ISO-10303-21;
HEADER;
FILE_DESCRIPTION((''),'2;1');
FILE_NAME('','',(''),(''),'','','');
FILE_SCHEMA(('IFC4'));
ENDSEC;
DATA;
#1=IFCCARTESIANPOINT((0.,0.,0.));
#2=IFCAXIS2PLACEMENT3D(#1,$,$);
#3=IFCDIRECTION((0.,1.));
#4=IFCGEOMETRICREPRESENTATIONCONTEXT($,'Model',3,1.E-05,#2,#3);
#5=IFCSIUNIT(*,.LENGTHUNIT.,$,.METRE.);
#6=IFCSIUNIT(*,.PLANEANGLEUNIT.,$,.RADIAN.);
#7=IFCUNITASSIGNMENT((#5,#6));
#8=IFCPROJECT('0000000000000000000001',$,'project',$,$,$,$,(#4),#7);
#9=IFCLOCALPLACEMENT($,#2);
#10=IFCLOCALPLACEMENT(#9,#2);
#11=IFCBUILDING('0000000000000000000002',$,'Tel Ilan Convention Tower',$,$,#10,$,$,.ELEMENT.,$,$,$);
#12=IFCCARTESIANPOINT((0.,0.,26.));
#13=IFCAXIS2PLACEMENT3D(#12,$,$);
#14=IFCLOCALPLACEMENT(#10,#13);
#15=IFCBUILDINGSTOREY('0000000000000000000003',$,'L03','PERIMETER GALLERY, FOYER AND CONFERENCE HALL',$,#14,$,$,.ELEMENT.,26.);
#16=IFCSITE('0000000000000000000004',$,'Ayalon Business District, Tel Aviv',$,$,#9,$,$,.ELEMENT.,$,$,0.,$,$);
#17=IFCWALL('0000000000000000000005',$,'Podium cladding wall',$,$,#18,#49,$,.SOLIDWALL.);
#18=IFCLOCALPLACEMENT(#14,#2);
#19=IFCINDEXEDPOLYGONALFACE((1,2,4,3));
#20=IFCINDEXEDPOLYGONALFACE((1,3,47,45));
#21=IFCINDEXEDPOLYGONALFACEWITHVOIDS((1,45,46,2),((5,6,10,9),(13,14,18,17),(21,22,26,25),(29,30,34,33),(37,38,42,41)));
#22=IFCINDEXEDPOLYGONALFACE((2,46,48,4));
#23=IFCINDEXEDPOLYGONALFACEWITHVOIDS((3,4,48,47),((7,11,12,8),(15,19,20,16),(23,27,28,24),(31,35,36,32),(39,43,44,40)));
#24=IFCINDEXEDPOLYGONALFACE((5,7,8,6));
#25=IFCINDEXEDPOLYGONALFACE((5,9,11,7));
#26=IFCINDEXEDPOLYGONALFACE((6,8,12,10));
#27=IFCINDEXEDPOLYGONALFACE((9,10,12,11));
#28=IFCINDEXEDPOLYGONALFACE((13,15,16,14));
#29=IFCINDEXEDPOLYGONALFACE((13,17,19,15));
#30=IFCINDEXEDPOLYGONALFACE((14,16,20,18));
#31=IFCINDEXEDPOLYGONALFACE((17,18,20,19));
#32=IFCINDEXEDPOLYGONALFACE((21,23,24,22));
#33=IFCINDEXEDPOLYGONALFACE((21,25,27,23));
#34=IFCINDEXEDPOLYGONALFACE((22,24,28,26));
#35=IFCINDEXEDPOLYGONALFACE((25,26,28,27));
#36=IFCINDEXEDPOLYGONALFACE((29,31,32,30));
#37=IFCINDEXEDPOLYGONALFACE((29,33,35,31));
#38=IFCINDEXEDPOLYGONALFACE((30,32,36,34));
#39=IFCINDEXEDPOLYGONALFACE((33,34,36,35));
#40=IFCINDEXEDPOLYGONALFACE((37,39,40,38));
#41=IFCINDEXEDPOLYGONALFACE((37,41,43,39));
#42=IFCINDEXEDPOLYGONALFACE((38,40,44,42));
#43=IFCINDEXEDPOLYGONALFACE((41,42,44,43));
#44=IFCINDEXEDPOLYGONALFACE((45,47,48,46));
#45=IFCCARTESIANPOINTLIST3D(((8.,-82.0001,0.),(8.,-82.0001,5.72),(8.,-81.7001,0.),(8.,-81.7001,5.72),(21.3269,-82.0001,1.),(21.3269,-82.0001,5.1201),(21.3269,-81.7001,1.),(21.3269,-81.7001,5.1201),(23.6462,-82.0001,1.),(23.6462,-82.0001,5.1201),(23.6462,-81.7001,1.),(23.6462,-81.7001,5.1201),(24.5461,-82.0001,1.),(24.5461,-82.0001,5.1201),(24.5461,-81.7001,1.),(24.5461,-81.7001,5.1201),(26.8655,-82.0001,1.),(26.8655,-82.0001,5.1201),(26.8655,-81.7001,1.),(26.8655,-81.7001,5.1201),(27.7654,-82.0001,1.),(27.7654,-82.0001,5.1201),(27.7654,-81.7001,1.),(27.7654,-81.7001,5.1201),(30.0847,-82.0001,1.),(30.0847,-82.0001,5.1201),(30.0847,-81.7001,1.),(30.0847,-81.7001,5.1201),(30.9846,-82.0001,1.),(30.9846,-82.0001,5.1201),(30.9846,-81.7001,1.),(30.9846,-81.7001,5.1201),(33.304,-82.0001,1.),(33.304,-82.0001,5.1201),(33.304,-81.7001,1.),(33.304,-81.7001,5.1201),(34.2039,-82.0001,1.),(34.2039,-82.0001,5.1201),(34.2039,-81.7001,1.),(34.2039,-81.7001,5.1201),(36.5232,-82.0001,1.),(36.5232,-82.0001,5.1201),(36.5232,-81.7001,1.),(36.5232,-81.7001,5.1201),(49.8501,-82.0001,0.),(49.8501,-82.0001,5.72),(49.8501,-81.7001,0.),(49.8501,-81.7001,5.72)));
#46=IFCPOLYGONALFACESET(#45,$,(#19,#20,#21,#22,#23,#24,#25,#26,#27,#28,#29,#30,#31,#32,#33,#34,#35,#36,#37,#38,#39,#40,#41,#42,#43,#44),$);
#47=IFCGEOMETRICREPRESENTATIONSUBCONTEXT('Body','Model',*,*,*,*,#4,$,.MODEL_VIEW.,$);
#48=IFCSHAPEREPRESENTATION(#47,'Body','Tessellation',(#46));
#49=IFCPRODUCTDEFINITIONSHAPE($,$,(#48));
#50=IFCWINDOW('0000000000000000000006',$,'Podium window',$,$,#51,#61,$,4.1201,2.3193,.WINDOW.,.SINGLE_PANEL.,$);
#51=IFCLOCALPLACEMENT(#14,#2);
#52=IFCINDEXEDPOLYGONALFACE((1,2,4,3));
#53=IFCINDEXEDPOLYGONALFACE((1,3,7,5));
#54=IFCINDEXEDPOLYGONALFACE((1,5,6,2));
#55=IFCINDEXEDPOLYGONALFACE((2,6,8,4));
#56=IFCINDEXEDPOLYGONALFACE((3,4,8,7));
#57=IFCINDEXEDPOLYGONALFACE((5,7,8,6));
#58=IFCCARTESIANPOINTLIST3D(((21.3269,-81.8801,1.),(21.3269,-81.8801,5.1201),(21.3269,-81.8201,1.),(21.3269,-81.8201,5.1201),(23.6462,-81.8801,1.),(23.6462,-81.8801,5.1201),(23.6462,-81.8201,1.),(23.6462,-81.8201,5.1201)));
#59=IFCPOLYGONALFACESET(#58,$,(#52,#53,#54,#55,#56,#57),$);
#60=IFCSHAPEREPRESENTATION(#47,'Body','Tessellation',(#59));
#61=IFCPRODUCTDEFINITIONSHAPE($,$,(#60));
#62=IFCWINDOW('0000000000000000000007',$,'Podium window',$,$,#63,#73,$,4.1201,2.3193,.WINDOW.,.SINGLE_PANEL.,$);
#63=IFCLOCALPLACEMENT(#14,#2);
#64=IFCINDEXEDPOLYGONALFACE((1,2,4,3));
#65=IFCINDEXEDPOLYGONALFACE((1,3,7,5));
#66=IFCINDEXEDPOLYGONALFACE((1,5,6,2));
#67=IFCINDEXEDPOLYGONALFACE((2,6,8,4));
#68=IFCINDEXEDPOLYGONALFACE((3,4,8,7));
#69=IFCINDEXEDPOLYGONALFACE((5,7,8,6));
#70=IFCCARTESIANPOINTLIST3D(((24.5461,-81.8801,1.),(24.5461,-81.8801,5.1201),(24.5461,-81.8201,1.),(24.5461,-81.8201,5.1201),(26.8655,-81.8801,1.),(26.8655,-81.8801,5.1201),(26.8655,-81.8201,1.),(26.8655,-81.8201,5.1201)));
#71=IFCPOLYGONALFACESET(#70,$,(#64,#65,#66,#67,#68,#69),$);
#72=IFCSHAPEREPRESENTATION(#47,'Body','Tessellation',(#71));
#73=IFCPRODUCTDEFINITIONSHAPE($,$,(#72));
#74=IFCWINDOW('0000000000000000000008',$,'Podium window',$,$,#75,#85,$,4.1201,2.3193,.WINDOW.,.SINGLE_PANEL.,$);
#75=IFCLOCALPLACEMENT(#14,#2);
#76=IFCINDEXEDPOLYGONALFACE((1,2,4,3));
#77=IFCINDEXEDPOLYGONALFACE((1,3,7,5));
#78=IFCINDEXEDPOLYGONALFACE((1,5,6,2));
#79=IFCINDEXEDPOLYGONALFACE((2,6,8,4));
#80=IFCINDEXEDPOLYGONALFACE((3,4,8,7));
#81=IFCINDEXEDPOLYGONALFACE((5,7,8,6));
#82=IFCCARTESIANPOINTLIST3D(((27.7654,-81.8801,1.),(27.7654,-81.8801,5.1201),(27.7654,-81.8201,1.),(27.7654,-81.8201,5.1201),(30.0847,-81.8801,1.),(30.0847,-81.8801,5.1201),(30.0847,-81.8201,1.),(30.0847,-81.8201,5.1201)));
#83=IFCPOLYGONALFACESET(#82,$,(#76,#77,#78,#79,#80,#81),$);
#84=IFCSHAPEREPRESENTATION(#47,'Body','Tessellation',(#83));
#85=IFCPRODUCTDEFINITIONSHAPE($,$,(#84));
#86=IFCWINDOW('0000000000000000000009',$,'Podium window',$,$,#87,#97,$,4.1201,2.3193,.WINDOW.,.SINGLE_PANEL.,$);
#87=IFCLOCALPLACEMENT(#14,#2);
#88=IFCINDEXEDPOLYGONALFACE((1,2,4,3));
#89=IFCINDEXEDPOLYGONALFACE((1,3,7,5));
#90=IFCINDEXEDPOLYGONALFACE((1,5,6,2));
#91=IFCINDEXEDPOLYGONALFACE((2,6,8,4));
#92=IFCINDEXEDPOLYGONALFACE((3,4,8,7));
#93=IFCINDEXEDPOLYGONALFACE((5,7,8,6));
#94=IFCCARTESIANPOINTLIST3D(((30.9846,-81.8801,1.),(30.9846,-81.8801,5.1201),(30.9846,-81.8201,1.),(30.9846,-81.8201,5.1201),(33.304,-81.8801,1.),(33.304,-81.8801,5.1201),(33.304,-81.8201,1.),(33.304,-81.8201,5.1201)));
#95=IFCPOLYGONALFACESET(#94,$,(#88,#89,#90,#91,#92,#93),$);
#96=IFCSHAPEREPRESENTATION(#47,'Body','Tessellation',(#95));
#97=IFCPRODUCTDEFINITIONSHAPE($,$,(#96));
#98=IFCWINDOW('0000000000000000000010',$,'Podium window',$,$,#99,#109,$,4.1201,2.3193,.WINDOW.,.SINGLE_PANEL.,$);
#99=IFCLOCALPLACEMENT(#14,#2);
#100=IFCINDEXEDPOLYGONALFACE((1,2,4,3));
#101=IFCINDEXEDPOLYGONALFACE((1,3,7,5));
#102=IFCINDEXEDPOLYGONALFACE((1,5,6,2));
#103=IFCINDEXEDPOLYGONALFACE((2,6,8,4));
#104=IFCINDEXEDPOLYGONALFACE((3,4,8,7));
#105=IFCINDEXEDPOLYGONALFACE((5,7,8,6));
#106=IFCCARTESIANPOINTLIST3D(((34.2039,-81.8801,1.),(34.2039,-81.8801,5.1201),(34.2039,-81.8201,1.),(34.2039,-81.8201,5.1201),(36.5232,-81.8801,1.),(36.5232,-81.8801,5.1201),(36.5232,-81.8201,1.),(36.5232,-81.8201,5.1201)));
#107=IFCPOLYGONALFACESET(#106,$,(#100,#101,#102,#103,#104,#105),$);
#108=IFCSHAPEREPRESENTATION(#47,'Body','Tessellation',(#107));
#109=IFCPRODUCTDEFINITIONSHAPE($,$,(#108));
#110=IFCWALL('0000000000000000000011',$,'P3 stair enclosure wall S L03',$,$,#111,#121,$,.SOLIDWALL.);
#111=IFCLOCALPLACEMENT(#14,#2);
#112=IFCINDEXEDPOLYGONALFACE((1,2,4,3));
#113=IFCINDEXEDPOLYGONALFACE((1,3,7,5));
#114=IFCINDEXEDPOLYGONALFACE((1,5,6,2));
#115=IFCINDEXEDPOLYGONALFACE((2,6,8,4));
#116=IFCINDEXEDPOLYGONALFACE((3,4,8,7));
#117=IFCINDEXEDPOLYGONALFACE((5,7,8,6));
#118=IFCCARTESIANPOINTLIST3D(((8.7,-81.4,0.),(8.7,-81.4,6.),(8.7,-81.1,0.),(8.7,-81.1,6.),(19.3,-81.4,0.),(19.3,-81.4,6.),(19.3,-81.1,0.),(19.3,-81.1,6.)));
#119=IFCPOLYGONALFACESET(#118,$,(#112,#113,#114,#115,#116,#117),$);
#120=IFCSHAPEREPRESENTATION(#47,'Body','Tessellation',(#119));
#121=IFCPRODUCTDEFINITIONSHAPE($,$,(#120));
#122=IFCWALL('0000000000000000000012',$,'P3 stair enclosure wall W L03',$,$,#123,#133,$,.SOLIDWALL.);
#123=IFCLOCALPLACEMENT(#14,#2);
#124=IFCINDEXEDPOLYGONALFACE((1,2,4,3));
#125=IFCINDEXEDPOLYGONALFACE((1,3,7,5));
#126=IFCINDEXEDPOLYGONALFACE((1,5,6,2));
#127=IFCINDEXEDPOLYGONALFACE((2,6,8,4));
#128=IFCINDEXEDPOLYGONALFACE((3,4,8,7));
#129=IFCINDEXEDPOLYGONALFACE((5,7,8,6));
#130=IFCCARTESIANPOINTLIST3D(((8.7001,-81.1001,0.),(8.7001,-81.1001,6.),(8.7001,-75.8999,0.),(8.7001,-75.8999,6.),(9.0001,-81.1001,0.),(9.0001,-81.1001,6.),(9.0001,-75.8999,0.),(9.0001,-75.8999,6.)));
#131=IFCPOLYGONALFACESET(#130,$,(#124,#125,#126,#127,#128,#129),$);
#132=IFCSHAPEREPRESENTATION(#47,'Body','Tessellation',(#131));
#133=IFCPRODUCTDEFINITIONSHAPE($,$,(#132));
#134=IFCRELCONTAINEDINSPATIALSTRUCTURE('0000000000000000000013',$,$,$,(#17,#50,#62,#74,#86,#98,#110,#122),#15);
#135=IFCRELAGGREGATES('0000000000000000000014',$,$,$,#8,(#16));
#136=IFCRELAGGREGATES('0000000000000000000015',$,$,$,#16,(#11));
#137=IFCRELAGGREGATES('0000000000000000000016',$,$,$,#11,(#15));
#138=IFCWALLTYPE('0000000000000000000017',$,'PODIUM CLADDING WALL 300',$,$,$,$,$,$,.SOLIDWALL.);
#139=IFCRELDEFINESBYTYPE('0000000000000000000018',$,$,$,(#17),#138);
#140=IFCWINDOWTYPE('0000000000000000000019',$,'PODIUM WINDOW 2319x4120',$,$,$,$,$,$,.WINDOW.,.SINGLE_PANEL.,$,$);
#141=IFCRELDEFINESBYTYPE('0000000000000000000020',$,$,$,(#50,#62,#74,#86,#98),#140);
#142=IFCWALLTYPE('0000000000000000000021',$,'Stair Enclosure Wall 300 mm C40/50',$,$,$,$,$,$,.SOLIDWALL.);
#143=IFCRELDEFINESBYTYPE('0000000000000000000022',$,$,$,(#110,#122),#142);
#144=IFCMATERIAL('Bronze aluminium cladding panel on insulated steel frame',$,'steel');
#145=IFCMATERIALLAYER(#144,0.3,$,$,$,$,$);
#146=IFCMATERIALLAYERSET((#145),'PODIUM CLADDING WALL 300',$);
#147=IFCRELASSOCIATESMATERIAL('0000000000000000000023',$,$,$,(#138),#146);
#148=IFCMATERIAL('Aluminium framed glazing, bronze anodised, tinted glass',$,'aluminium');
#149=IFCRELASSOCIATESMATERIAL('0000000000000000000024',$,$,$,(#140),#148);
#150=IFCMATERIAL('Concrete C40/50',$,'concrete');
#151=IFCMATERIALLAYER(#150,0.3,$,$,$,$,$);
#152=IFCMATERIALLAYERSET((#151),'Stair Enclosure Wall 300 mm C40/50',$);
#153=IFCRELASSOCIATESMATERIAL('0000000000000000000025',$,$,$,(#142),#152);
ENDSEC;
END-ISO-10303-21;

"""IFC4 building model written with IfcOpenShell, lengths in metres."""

from ifc_helpers import new_model, si_unit, direction, frame, frame_2d, origin, place, context, subcontext, project, spatial, rectangle, extrude, material, layer, layer_set, type_object, element, fill, save


model = new_model("IFC4")

# Units and contexts
model_context = context("Model", 3, precision=1e-05, world=origin(), true_north=direction((0.0, 1.0)))
body_context = subcontext(model_context, "Body", "Model", "MODEL_VIEW")
ifc_project = project(units=[si_unit("LENGTHUNIT", "METRE"), si_unit("PLANEANGLEUNIT", "RADIAN")], contexts=[model_context])

# Site, building, storey
site_placement = place(None, origin())
site = spatial("IfcSite", under=ifc_project, at=site_placement, Name="Ayalon Business District, Tel Aviv", CompositionType="ELEMENT", RefElevation=0.0)
building_placement = place(site_placement, origin())
building = spatial("IfcBuilding", under=site, at=building_placement, Name="Tel Ilan Convention Tower", CompositionType="ELEMENT")
storey_placement = place(building_placement, frame((0.0, 0.0, 26.0)))
storey = spatial("IfcBuildingStorey", under=building, at=storey_placement, Name="L03", Description="PERIMETER GALLERY, FOYER AND CONFERENCE HALL", CompositionType="ELEMENT", Elevation=26.0)

# Wall, openings, windows
ifc_material_1 = material(Name="Bronze aluminium cladding panel on insulated steel frame", Category="steel")
ifc_layer_1 = layer(ifc_material_1, 0.3)
ifc_layer_set_1 = layer_set([ifc_layer_1], Name="PODIUM CLADDING WALL 300")
wall_type_1 = type_object("IfcWallType", Name="PODIUM CLADDING WALL 300", PredefinedType="SOLIDWALL", material=ifc_layer_set_1)
wall_1_placement = place(storey_placement, frame((8.0, -81.8501, 0.0), z_axis=(0.0, 0.0, 1.0), x_axis=(1.0, 0.0, 0.0)))
wall_1 = element("IfcWall", 1, at=wall_1_placement, inside=storey, type_object=wall_type_1, Name="Podium cladding wall", PredefinedType="SOLIDWALL", context=body_context, shape_type="SweptSolid", body=[
    extrude(rectangle(XDim=41.8501, YDim=0.3, at=frame_2d((20.925, 0.0))), origin(), (0.0, 0.0, 1.0), 5.72),
])
opening_1_placement = place(wall_1_placement, frame((13.3269, 0.0, 1.0)))
opening_1 = element("IfcOpeningElement", 2, at=opening_1_placement, cuts=wall_1, PredefinedType="OPENING", context=body_context, shape_type="SweptSolid", body=[
    extrude(rectangle(XDim=2.3193, YDim=4.1201, at=frame_2d((1.1597, 2.0601))), frame((0.0, 0.1599, 0.0), z_axis=(0.0, -1.0, 0.0), x_axis=(1.0, 0.0, 0.0)), (0.0, 0.0, 1.0), 0.3201),
])
opening_2_placement = place(wall_1_placement, frame((16.5461, 0.0, 1.0)))
opening_2 = element("IfcOpeningElement", 3, at=opening_2_placement, cuts=wall_1, PredefinedType="OPENING", context=body_context, shape_type="SweptSolid", body=[
    extrude(rectangle(XDim=2.3193, YDim=4.1201, at=frame_2d((1.1597, 2.0601))), frame((0.0, 0.1599, 0.0), z_axis=(0.0, -1.0, 0.0), x_axis=(1.0, 0.0, 0.0)), (0.0, 0.0, 1.0), 0.3201),
])
opening_3_placement = place(wall_1_placement, frame((19.7654, 0.0, 1.0)))
opening_3 = element("IfcOpeningElement", 4, at=opening_3_placement, cuts=wall_1, PredefinedType="OPENING", context=body_context, shape_type="SweptSolid", body=[
    extrude(rectangle(XDim=2.3193, YDim=4.1201, at=frame_2d((1.1597, 2.0601))), frame((0.0, 0.1599, 0.0), z_axis=(0.0, -1.0, 0.0), x_axis=(1.0, 0.0, 0.0)), (0.0, 0.0, 1.0), 0.3201),
])
opening_4_placement = place(wall_1_placement, frame((22.9846, 0.0, 1.0)))
opening_4 = element("IfcOpeningElement", 5, at=opening_4_placement, cuts=wall_1, PredefinedType="OPENING", context=body_context, shape_type="SweptSolid", body=[
    extrude(rectangle(XDim=2.3193, YDim=4.1201, at=frame_2d((1.1597, 2.0601))), frame((0.0, 0.1599, 0.0), z_axis=(0.0, -1.0, 0.0), x_axis=(1.0, 0.0, 0.0)), (0.0, 0.0, 1.0), 0.3201),
])
opening_5_placement = place(wall_1_placement, frame((26.2039, 0.0, 1.0)))
opening_5 = element("IfcOpeningElement", 6, at=opening_5_placement, cuts=wall_1, PredefinedType="OPENING", context=body_context, shape_type="SweptSolid", body=[
    extrude(rectangle(XDim=2.3193, YDim=4.1201, at=frame_2d((1.1597, 2.0601))), frame((0.0, 0.1599, 0.0), z_axis=(0.0, -1.0, 0.0), x_axis=(1.0, 0.0, 0.0)), (0.0, 0.0, 1.0), 0.3201),
])
ifc_material_2 = material(Name="Aluminium framed glazing, bronze anodised, tinted glass", Category="aluminium")
window_type = type_object("IfcWindowType", Name="PODIUM WINDOW 2319x4120", PartitioningType="SINGLE_PANEL", PredefinedType="WINDOW", material=ifc_material_2)
window_1_placement = place(opening_1_placement, origin())
window_1 = element("IfcWindow", 7, at=window_1_placement, inside=storey, type_object=window_type, Name="Podium window", OverallHeight=4.1201, OverallWidth=2.3193, PartitioningType="SINGLE_PANEL", PredefinedType="WINDOW", context=body_context, shape_type="SweptSolid", body=[
    extrude(rectangle(XDim=2.3193, YDim=4.1201, at=frame_2d((1.1597, 2.0601))), frame((0.0, 0.03, 0.0), z_axis=(0.0, -1.0, 0.0), x_axis=(1.0, 0.0, 0.0)), (0.0, 0.0, 1.0), 0.0601),
])
fill(opening_1, window_1)
window_2_placement = place(opening_2_placement, origin())
window_2 = element("IfcWindow", 8, at=window_2_placement, inside=storey, type_object=window_type, Name="Podium window", OverallHeight=4.1201, OverallWidth=2.3193, PartitioningType="SINGLE_PANEL", PredefinedType="WINDOW", context=body_context, shape_type="SweptSolid", body=[
    extrude(rectangle(XDim=2.3193, YDim=4.1201, at=frame_2d((1.1597, 2.0601))), frame((0.0, 0.03, 0.0), z_axis=(0.0, -1.0, 0.0), x_axis=(1.0, 0.0, 0.0)), (0.0, 0.0, 1.0), 0.0601),
])
fill(opening_2, window_2)
window_3_placement = place(opening_3_placement, origin())
window_3 = element("IfcWindow", 9, at=window_3_placement, inside=storey, type_object=window_type, Name="Podium window", OverallHeight=4.1201, OverallWidth=2.3193, PartitioningType="SINGLE_PANEL", PredefinedType="WINDOW", context=body_context, shape_type="SweptSolid", body=[
    extrude(rectangle(XDim=2.3193, YDim=4.1201, at=frame_2d((1.1597, 2.0601))), frame((0.0, 0.03, 0.0), z_axis=(0.0, -1.0, 0.0), x_axis=(1.0, 0.0, 0.0)), (0.0, 0.0, 1.0), 0.0601),
])
fill(opening_3, window_3)
window_4_placement = place(opening_4_placement, origin())
window_4 = element("IfcWindow", 10, at=window_4_placement, inside=storey, type_object=window_type, Name="Podium window", OverallHeight=4.1201, OverallWidth=2.3193, PartitioningType="SINGLE_PANEL", PredefinedType="WINDOW", context=body_context, shape_type="SweptSolid", body=[
    extrude(rectangle(XDim=2.3193, YDim=4.1201, at=frame_2d((1.1597, 2.0601))), frame((0.0, 0.03, 0.0), z_axis=(0.0, -1.0, 0.0), x_axis=(1.0, 0.0, 0.0)), (0.0, 0.0, 1.0), 0.0601),
])
fill(opening_4, window_4)
window_5_placement = place(opening_5_placement, origin())
window_5 = element("IfcWindow", 11, at=window_5_placement, inside=storey, type_object=window_type, Name="Podium window", OverallHeight=4.1201, OverallWidth=2.3193, PartitioningType="SINGLE_PANEL", PredefinedType="WINDOW", context=body_context, shape_type="SweptSolid", body=[
    extrude(rectangle(XDim=2.3193, YDim=4.1201, at=frame_2d((1.1597, 2.0601))), frame((0.0, 0.03, 0.0), z_axis=(0.0, -1.0, 0.0), x_axis=(1.0, 0.0, 0.0)), (0.0, 0.0, 1.0), 0.0601),
])
fill(opening_5, window_5)

# Walls
ifc_material_3 = material(Name="Concrete C40/50", Category="concrete")
ifc_layer_2 = layer(ifc_material_3, 0.3)
ifc_layer_set_2 = layer_set([ifc_layer_2], Name="Stair Enclosure Wall 300 mm C40/50")
wall_type_2 = type_object("IfcWallType", Name="Stair Enclosure Wall 300 mm C40/50", PredefinedType="SOLIDWALL", material=ifc_layer_set_2)
wall_2_placement = place(storey_placement, frame((8.7, -81.25, 0.0), z_axis=(0.0, 0.0, 1.0), x_axis=(1.0, 0.0, 0.0)))
element("IfcWall", 12, at=wall_2_placement, inside=storey, type_object=wall_type_2, Name="P3 stair enclosure wall S L03", PredefinedType="SOLIDWALL", context=body_context, shape_type="SweptSolid", body=[
    extrude(rectangle(XDim=10.6001, YDim=0.3, at=frame_2d((5.3, 0.0))), origin(), (0.0, 0.0, 1.0), 6.0),
])
wall_3_placement = place(storey_placement, frame((8.8501, -81.1001, 0.0), z_axis=(0.0, 0.0, 1.0), x_axis=(0.0, 1.0, 0.0)))
element("IfcWall", 13, at=wall_3_placement, inside=storey, type_object=wall_type_2, Name="P3 stair enclosure wall W L03", PredefinedType="SOLIDWALL", context=body_context, shape_type="SweptSolid", body=[
    extrude(rectangle(XDim=5.2002, YDim=0.3, at=frame_2d((2.6001, 0.0))), origin(), (0.0, 0.0, 1.0), 6.0),
])

save(model, "model.ifc")
